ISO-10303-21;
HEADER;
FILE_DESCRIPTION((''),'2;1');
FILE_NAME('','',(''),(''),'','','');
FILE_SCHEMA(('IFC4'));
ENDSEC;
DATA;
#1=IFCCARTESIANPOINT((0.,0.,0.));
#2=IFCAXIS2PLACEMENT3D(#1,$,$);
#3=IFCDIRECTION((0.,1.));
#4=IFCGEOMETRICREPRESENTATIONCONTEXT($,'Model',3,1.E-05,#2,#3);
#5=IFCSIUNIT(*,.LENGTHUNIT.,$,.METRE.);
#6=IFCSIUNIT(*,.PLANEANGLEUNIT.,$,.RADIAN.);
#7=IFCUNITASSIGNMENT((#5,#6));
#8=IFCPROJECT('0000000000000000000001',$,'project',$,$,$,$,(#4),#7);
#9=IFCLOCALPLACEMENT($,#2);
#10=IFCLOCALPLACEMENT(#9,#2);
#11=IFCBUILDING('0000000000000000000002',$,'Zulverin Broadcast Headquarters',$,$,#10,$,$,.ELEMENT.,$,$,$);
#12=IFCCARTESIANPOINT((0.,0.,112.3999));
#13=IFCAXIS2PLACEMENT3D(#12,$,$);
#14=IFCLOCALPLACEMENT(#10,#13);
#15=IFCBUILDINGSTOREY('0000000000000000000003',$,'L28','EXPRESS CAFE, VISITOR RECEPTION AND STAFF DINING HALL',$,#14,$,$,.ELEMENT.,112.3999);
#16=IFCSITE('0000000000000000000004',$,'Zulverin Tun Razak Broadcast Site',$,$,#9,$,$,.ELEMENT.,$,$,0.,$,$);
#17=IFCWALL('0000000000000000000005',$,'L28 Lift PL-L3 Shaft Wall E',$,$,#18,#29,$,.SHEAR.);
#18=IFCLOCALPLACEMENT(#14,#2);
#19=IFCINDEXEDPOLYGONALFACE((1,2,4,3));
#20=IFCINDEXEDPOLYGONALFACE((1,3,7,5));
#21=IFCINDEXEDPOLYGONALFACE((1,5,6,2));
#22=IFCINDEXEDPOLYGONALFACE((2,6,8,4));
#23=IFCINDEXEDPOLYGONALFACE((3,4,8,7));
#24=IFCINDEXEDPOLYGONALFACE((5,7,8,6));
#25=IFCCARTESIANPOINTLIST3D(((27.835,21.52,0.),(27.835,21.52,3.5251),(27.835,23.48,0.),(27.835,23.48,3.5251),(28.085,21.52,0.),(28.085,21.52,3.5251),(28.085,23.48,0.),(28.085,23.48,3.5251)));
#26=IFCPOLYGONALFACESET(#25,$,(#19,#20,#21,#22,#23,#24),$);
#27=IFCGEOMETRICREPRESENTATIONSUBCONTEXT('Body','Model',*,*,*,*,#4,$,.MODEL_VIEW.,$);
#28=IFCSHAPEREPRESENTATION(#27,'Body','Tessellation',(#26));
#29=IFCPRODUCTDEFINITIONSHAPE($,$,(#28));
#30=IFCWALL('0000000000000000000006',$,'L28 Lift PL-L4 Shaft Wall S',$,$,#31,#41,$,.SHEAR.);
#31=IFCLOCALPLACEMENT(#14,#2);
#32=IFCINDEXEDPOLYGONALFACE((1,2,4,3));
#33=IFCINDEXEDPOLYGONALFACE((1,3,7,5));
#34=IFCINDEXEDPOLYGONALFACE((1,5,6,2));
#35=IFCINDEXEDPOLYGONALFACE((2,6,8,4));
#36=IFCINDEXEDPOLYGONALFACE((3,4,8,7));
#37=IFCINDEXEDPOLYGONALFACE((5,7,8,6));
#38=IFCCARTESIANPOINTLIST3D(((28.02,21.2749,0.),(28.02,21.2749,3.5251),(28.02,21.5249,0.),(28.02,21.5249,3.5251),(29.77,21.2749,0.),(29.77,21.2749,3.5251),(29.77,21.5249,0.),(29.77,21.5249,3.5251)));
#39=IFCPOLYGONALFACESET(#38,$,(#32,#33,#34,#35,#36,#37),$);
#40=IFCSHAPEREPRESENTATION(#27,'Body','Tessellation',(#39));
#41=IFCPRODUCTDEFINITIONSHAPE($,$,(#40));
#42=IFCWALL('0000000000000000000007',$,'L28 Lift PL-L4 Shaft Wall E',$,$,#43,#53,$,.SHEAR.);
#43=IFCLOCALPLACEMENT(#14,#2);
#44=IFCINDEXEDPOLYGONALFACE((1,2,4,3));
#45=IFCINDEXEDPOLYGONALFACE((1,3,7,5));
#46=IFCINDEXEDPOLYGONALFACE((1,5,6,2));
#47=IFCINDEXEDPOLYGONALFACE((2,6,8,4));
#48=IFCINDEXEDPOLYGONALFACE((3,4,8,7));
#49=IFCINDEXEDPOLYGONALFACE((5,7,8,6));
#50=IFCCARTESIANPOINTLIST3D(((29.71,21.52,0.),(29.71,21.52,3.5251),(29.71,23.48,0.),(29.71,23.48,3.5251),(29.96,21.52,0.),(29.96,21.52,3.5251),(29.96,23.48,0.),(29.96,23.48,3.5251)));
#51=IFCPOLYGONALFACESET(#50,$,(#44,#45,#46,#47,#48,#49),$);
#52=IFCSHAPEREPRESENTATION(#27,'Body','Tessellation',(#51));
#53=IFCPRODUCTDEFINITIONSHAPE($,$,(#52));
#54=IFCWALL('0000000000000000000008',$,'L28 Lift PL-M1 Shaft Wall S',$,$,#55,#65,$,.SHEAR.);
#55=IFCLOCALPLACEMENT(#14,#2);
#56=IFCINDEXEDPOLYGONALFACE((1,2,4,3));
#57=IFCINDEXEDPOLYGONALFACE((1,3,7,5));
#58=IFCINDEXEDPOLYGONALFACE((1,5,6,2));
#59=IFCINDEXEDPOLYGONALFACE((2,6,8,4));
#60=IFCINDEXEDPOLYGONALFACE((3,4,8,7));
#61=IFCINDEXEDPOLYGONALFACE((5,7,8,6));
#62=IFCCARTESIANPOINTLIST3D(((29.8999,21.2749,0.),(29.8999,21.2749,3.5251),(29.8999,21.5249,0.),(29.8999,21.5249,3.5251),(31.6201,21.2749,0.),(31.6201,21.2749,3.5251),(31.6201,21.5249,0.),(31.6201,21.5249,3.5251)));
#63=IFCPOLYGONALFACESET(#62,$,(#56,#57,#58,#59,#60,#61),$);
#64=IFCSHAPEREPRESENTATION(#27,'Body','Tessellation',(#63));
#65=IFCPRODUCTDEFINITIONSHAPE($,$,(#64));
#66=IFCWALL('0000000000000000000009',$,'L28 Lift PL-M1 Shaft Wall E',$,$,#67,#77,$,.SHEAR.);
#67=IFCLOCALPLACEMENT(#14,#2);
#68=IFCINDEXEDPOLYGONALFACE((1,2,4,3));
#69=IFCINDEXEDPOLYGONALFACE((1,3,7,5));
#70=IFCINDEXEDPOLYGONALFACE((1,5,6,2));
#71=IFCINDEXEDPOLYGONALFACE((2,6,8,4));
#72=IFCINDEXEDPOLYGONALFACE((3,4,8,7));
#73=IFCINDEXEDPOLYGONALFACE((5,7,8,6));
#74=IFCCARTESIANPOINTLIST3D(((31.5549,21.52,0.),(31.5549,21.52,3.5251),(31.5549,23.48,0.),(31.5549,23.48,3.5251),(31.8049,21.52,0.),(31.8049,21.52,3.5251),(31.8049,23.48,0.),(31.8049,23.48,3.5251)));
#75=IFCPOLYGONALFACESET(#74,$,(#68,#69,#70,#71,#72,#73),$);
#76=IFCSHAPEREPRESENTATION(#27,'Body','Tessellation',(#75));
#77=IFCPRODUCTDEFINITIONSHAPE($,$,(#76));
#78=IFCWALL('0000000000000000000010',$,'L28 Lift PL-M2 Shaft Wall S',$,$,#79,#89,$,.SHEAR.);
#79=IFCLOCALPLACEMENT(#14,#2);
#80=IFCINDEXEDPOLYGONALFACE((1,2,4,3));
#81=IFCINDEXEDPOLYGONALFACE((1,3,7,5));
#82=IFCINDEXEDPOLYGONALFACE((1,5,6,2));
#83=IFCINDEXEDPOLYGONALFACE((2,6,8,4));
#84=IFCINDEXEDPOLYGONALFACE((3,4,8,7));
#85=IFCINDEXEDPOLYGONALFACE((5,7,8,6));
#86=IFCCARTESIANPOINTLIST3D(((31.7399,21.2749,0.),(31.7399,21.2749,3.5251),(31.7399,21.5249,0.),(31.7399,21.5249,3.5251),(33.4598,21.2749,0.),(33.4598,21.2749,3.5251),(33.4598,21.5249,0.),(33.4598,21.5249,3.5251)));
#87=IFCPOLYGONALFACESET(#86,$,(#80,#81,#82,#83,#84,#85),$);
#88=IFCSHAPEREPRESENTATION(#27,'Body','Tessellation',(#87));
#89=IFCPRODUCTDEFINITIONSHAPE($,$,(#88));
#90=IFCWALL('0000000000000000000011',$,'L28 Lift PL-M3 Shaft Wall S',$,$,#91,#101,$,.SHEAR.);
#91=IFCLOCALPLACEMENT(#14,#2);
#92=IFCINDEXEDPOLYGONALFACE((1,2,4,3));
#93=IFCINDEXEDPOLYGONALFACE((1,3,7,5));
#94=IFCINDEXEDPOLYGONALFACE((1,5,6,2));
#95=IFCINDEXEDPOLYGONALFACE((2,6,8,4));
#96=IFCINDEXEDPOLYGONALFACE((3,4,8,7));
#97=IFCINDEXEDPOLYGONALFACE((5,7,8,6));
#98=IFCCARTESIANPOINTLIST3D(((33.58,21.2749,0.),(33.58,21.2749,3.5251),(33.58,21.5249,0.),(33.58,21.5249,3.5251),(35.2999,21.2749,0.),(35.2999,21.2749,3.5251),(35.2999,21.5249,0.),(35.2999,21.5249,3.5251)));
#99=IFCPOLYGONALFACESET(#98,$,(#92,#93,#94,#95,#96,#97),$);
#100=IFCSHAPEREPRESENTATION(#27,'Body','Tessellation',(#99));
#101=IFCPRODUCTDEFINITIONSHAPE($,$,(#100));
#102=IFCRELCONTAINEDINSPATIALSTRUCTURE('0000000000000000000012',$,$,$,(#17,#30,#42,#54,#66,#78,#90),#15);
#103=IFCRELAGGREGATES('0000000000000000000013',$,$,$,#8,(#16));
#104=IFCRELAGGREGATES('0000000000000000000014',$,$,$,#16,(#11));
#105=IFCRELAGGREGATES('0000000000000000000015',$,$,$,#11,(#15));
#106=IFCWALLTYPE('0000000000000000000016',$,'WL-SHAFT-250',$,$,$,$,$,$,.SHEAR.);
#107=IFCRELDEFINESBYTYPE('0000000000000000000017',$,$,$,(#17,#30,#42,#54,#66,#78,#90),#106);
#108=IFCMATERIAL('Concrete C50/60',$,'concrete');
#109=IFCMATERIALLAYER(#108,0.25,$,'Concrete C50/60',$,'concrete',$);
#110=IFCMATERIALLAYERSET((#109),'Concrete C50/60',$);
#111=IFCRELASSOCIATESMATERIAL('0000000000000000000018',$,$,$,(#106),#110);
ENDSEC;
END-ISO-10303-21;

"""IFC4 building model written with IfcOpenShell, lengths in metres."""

from ifc_helpers import new_model, si_unit, direction, frame, frame_2d, origin, place, context, subcontext, project, spatial, rectangle, extrude, material, layer, layer_set, type_object, element, save


model = new_model("IFC4")

# Units and contexts
model_context = context("Model", 3, precision=1e-05, world=origin(), true_north=direction((0.0, 1.0)))
body_context = subcontext(model_context, "Body", "Model", "MODEL_VIEW")
ifc_project = project(units=[si_unit("LENGTHUNIT", "METRE"), si_unit("PLANEANGLEUNIT", "RADIAN")], contexts=[model_context])

# Site, building, storey
site_placement = place(None, origin())
site = spatial("IfcSite", under=ifc_project, at=site_placement, Name="Zulverin Tun Razak Broadcast Site", CompositionType="ELEMENT", RefElevation=0.0)
building_placement = place(site_placement, origin())
building = spatial("IfcBuilding", under=site, at=building_placement, Name="Zulverin Broadcast Headquarters", CompositionType="ELEMENT")
storey_placement = place(building_placement, frame((0.0, 0.0, 112.3999)))
storey = spatial("IfcBuildingStorey", under=building, at=storey_placement, Name="L28", Description="EXPRESS CAFE, VISITOR RECEPTION AND STAFF DINING HALL", CompositionType="ELEMENT", Elevation=112.3999)

# Walls
ifc_material_1 = material(Name="Concrete C50/60", Category="concrete")
ifc_layer_1 = layer(ifc_material_1, 0.25, Name="Concrete C50/60", Category="concrete")
ifc_layer_set_1 = layer_set([ifc_layer_1], Name="Concrete C50/60")
wall_type_1 = type_object("IfcWallType", Name="WL-SHAFT-250", PredefinedType="SHEAR", material=ifc_layer_set_1)
for number, where, z_axis, x_axis, name in (
    (1, (27.96, 21.52, 0.0), (0.0, 0.0, 1.0), (0.0, 1.0, 0.0), "L28 Lift PL-L3 Shaft Wall E"),
):
    element("IfcWall", number, at=place(storey_placement, frame(where, z_axis=z_axis, x_axis=x_axis)), inside=storey, type_object=wall_type_1, Name=name, PredefinedType="SHEAR", context=body_context, shape_type="SweptSolid", body=[
        extrude(rectangle(XDim=1.96, YDim=0.25, at=frame_2d((0.98, 0.0))), origin(), (0.0, 0.0, 1.0), 3.5251),
    ])
wall_1_placement = place(storey_placement, frame((28.02, 21.3999, 0.0), z_axis=(0.0, 0.0, 1.0), x_axis=(1.0, 0.0, 0.0)))
element("IfcWall", 2, at=wall_1_placement, inside=storey, type_object=wall_type_1, Name="L28 Lift PL-L4 Shaft Wall S", PredefinedType="SHEAR", context=body_context, shape_type="SweptSolid", body=[
    extrude(rectangle(XDim=1.75, YDim=0.25, at=frame_2d((0.875, 0.0))), origin(), (0.0, 0.0, 1.0), 3.5251),
])
wall_2_placement = place(storey_placement, frame((29.835, 21.52, 0.0), z_axis=(0.0, 0.0, 1.0), x_axis=(0.0, 1.0, 0.0)))
element("IfcWall", 3, at=wall_2_placement, inside=storey, type_object=wall_type_1, Name="L28 Lift PL-L4 Shaft Wall E", PredefinedType="SHEAR", context=body_context, shape_type="SweptSolid", body=[
    extrude(rectangle(XDim=1.96, YDim=0.25, at=frame_2d((0.98, 0.0))), origin(), (0.0, 0.0, 1.0), 3.5251),
])
wall_3_placement = place(storey_placement, frame((29.8999, 21.3999, 0.0), z_axis=(0.0, 0.0, 1.0), x_axis=(1.0, 0.0, 0.0)))
element("IfcWall", 4, at=wall_3_placement, inside=storey, type_object=wall_type_1, Name="L28 Lift PL-M1 Shaft Wall S", PredefinedType="SHEAR", context=body_context, shape_type="SweptSolid", body=[
    extrude(rectangle(XDim=1.7202, YDim=0.25, at=frame_2d((0.8601, 0.0))), origin(), (0.0, 0.0, 1.0), 3.5251),
])
wall_4_placement = place(storey_placement, frame((31.6799, 21.52, 0.0), z_axis=(0.0, 0.0, 1.0), x_axis=(0.0, 1.0, 0.0)))
element("IfcWall", 5, at=wall_4_placement, inside=storey, type_object=wall_type_1, Name="L28 Lift PL-M1 Shaft Wall E", PredefinedType="SHEAR", context=body_context, shape_type="SweptSolid", body=[
    extrude(rectangle(XDim=1.96, YDim=0.25, at=frame_2d((0.98, 0.0))), origin(), (0.0, 0.0, 1.0), 3.5251),
])
for number, where, z_axis, x_axis, name in (
    (6, (31.74, 21.3999, 0.0), (0.0, 0.0, 1.0), (1.0, 0.0, 0.0), "L28 Lift PL-M2 Shaft Wall S"),
    (7, (33.5801, 21.3999, 0.0), (0.0, 0.0, 1.0), (1.0, 0.0, 0.0), "L28 Lift PL-M3 Shaft Wall S"),
):
    element("IfcWall", number, at=place(storey_placement, frame(where, z_axis=z_axis, x_axis=x_axis)), inside=storey, type_object=wall_type_1, Name=name, PredefinedType="SHEAR", context=body_context, shape_type="SweptSolid", body=[
        extrude(rectangle(XDim=1.72, YDim=0.25, at=frame_2d((0.8599, 0.0))), origin(), (0.0, 0.0, 1.0), 3.5251),
    ])

save(model, "model.ifc")
